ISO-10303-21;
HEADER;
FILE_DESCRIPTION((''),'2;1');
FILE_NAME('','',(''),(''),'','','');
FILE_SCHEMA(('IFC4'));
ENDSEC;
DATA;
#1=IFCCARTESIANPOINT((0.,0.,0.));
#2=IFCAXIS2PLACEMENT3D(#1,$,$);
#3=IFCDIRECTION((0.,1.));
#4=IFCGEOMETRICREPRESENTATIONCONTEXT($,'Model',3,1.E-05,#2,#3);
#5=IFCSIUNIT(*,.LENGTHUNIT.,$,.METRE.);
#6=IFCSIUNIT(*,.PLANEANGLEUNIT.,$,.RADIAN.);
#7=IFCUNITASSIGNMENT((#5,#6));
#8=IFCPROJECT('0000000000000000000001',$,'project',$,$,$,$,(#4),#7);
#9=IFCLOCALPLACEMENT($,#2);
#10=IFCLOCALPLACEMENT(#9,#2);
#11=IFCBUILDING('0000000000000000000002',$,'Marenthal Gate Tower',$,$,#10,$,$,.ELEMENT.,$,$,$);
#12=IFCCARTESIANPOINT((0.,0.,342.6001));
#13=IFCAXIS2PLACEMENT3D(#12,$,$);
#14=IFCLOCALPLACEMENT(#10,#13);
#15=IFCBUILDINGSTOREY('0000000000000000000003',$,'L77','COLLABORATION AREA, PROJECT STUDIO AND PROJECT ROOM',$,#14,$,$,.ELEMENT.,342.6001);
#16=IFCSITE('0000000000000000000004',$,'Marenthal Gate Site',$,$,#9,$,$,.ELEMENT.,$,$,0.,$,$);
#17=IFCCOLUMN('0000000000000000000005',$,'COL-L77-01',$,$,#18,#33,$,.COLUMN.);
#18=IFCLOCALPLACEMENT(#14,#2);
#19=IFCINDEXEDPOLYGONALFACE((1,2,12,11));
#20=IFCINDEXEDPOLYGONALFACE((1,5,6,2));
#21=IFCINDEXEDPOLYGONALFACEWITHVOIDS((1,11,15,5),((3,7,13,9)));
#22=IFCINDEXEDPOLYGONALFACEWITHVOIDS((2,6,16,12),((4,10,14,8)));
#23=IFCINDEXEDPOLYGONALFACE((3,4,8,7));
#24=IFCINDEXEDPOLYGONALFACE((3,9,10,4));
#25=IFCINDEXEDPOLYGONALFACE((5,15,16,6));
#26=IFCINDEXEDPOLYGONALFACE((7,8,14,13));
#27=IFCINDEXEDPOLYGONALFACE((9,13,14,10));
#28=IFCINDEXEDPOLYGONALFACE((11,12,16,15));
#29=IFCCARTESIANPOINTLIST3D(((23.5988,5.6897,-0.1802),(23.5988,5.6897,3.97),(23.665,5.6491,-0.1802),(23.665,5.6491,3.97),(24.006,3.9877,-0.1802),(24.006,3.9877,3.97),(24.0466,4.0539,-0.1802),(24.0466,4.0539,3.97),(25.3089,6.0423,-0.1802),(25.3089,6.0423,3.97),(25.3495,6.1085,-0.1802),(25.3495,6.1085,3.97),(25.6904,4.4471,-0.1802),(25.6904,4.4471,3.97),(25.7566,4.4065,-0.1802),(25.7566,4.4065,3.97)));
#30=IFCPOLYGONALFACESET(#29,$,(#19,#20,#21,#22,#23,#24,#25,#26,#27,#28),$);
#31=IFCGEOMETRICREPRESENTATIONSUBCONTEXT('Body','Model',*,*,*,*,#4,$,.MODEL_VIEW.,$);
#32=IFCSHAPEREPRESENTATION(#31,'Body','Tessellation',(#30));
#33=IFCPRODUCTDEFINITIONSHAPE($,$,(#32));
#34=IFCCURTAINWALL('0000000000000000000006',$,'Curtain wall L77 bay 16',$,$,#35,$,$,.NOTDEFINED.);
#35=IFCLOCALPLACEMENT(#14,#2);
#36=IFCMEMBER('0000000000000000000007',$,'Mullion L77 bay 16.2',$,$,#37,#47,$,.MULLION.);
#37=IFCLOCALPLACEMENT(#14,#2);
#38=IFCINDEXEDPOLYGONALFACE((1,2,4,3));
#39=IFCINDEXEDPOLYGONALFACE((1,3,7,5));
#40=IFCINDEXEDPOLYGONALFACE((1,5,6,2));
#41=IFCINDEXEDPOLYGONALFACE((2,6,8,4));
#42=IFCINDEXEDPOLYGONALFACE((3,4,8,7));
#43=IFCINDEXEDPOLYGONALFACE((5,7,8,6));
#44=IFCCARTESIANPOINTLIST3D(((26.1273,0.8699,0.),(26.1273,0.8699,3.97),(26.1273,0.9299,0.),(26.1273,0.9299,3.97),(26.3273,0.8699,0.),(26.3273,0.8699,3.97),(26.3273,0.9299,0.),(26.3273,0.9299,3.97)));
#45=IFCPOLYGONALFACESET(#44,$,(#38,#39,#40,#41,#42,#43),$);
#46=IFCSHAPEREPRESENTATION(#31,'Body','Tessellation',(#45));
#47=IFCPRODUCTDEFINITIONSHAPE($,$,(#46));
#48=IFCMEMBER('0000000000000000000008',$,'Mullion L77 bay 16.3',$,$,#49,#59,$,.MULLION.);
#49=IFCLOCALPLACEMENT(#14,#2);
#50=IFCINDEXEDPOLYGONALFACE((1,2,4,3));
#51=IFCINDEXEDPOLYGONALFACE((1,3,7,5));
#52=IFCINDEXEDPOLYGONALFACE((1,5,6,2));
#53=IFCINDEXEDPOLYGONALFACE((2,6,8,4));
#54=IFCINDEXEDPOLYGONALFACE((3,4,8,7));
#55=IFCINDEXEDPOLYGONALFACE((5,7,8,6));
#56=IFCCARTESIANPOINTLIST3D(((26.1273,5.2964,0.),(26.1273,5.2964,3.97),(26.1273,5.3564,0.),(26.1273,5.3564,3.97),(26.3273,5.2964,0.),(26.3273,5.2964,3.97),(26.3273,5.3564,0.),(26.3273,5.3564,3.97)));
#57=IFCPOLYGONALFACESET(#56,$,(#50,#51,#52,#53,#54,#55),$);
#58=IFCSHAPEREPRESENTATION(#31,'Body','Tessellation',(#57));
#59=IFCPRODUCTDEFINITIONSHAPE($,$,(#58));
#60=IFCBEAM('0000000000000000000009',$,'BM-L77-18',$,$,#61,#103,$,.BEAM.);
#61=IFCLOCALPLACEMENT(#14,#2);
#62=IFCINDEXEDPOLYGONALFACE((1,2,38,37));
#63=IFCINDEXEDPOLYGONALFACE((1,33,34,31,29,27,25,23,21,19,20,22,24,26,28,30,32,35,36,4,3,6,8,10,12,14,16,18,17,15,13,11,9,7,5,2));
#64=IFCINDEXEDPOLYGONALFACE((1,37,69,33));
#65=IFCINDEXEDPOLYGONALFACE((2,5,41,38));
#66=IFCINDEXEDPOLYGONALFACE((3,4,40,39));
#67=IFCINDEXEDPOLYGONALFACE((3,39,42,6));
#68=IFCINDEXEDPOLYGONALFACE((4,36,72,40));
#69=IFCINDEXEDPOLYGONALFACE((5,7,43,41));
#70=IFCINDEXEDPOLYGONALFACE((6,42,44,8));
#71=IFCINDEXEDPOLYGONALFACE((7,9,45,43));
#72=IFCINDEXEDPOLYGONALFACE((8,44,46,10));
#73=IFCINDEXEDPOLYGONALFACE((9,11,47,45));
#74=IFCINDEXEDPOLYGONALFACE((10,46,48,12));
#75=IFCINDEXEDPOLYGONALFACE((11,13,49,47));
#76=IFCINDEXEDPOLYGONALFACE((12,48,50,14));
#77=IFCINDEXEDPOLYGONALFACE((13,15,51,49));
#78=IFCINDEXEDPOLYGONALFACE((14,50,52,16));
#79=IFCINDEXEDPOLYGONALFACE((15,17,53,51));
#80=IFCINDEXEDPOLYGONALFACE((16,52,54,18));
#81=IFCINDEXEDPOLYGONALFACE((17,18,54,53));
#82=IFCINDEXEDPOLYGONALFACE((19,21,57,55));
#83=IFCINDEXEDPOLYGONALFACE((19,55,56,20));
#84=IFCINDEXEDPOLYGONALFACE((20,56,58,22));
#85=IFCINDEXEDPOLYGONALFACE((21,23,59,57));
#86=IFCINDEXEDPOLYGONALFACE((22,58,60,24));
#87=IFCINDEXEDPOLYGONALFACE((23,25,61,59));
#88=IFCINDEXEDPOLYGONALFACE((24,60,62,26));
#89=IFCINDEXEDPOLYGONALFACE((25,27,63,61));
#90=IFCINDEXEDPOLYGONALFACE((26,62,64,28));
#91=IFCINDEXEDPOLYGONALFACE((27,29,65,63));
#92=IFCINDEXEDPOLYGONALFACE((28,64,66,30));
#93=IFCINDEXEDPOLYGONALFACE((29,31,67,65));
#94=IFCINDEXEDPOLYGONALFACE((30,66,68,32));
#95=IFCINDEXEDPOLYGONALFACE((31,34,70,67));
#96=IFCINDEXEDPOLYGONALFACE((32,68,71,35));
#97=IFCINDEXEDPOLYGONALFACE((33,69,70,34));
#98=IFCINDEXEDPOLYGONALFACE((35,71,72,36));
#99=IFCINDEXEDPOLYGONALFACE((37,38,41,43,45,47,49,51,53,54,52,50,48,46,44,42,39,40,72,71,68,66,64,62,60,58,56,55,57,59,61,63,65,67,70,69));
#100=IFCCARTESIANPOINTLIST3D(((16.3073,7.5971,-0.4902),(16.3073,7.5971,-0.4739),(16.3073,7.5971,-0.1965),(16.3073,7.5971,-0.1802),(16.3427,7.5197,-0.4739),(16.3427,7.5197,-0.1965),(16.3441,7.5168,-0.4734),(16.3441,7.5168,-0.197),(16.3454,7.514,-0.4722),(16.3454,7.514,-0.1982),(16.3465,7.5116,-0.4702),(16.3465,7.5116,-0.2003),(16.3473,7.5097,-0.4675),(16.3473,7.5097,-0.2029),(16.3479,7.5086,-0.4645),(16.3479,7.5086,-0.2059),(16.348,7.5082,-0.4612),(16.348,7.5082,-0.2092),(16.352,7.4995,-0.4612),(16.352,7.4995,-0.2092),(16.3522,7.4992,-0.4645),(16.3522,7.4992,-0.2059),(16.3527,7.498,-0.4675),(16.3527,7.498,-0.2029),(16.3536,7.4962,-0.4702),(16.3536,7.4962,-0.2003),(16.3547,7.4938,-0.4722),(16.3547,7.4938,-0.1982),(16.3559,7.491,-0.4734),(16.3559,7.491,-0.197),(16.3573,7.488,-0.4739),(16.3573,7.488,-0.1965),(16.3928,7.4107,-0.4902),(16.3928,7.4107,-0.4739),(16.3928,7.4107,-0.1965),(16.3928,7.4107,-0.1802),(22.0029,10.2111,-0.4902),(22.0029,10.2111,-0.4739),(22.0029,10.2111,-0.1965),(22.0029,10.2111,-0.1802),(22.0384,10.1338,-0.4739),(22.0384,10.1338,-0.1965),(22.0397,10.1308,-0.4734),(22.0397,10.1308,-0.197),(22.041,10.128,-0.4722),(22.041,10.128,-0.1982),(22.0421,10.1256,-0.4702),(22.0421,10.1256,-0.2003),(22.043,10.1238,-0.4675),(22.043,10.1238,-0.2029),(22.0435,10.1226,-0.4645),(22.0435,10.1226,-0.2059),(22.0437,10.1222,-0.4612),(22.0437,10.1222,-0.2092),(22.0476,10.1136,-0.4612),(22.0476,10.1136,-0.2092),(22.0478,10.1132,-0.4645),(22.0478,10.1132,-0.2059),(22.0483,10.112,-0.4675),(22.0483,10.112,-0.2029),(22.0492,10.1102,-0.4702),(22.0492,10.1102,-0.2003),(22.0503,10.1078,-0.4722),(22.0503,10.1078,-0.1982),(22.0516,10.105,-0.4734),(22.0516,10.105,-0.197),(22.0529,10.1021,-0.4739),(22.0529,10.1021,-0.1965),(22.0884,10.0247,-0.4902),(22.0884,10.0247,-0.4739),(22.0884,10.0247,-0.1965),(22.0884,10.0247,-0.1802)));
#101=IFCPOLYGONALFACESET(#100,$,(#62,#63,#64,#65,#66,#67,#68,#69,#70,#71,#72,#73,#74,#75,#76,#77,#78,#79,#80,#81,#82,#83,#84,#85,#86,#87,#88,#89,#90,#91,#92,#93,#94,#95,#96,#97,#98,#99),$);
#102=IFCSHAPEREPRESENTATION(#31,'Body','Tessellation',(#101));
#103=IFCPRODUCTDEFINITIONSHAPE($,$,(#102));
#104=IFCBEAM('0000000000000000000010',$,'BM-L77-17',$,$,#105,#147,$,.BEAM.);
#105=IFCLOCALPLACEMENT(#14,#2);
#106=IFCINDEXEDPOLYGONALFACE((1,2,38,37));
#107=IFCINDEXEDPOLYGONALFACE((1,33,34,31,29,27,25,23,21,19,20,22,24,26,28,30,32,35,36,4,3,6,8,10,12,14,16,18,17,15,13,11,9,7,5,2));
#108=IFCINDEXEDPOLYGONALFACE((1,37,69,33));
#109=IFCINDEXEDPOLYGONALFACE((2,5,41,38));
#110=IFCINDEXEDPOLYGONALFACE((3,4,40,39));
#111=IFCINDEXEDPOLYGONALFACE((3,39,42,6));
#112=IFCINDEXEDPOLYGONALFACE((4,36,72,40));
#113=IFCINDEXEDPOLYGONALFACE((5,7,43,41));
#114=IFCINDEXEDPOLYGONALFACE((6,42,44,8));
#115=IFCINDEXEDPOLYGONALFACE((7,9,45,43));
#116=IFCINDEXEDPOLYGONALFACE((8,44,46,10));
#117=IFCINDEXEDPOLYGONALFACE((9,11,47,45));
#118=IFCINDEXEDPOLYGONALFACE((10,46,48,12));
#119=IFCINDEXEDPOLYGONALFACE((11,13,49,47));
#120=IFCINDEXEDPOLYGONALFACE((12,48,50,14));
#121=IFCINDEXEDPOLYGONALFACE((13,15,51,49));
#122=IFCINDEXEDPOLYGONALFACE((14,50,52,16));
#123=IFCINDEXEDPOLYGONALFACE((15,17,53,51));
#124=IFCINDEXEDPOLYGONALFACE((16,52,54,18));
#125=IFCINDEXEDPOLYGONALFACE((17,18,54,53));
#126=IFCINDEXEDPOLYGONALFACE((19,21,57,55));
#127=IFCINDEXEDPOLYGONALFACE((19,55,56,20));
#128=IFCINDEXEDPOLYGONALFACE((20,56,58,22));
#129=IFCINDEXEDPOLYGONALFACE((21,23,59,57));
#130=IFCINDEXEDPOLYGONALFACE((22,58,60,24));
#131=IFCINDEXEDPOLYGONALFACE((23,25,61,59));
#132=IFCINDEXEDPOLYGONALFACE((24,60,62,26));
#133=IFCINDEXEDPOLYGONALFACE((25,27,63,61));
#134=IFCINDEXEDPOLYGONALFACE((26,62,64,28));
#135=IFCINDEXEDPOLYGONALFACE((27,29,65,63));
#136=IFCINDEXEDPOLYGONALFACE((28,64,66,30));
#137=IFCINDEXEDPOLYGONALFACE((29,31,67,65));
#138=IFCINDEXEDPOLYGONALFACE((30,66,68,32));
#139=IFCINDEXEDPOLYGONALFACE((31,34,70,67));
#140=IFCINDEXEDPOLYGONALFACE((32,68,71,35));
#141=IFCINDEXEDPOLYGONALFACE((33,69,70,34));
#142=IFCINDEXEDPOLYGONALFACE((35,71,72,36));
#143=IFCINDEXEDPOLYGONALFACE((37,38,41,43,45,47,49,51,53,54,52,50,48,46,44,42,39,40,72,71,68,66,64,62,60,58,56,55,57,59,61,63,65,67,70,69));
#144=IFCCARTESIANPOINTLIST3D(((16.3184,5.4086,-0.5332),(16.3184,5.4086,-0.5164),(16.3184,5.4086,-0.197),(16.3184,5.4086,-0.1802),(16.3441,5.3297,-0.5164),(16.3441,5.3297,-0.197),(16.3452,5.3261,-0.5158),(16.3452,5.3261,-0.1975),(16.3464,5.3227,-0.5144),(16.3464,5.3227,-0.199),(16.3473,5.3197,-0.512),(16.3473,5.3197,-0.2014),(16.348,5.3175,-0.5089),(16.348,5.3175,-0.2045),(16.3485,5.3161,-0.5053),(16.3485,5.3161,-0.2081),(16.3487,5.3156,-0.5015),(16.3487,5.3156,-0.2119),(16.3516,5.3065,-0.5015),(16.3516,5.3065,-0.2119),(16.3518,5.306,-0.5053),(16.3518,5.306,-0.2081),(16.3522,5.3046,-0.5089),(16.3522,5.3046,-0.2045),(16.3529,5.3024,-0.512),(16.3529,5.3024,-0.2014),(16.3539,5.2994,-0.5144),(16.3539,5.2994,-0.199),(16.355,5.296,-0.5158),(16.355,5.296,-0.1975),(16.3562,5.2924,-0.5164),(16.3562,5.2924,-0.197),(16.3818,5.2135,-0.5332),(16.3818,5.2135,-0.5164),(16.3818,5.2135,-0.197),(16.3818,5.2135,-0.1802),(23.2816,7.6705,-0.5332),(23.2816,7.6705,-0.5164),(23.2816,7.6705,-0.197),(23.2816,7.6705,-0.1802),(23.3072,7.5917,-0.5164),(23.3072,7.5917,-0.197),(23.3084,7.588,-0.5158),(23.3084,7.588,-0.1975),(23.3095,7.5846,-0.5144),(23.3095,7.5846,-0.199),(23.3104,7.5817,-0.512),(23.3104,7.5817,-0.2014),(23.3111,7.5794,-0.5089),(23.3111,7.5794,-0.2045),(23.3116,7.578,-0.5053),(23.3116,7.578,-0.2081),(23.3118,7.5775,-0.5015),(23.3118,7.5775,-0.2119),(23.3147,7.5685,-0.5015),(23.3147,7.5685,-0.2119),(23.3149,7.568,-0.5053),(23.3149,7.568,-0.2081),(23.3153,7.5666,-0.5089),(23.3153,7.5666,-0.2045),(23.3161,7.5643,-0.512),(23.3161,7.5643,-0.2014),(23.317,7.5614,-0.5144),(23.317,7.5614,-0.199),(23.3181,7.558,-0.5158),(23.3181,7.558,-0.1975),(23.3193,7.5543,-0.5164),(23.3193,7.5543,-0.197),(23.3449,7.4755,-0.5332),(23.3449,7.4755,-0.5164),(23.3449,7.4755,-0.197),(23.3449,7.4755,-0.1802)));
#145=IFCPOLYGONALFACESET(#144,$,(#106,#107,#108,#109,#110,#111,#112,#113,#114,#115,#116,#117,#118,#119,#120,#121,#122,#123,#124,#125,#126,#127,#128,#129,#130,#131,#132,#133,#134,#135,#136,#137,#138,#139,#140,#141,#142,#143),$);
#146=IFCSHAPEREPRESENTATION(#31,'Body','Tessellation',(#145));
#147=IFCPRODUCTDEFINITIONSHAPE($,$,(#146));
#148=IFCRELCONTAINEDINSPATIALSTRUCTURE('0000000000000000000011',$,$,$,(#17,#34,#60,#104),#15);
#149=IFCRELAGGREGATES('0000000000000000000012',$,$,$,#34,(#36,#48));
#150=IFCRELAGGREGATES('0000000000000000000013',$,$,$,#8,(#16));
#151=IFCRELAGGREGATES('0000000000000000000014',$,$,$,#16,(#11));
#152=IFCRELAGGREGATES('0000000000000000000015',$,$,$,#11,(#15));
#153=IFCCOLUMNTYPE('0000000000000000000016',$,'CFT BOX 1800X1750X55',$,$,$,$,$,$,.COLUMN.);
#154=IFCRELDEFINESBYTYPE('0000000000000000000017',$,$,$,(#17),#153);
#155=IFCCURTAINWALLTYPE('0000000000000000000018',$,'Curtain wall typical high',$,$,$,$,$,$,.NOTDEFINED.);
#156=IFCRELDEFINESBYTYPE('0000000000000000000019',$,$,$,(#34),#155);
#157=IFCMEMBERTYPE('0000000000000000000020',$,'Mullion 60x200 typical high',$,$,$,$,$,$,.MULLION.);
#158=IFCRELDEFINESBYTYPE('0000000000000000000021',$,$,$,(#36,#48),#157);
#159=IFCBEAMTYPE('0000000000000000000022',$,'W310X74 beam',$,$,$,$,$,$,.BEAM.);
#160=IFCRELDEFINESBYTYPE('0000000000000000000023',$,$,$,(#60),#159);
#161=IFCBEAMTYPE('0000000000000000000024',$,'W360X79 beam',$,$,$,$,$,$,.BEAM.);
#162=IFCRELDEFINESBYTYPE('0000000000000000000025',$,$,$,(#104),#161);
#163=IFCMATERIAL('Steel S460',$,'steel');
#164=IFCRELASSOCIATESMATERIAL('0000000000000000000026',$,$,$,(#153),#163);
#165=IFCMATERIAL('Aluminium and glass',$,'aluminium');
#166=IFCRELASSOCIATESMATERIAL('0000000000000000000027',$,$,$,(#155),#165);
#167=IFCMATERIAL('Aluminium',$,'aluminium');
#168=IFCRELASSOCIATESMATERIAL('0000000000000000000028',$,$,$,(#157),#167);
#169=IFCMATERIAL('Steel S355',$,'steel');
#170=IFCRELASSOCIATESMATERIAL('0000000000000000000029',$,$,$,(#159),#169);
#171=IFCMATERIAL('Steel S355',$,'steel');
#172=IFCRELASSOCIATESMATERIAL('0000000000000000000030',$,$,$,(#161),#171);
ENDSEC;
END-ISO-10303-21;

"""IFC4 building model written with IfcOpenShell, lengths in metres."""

from ifc_helpers import new_model, si_unit, direction, frame, origin, origin_2d, place, context, subcontext, project, spatial, rectangle, hollow_rectangle, i_section, extrude, material, material_profile, profile_set, type_object, element, aggregate, save


model = new_model("IFC4")

# Units and contexts
model_context = context("Model", 3, precision=1e-05, world=origin(), true_north=direction((0.0, 1.0)))
body_context = subcontext(model_context, "Body", "Model", "MODEL_VIEW")
ifc_project = project(units=[si_unit("LENGTHUNIT", "METRE"), si_unit("PLANEANGLEUNIT", "RADIAN")], contexts=[model_context])

# Site, building, storey
site_placement = place(None, origin())
site = spatial("IfcSite", under=ifc_project, at=site_placement, Name="Marenthal Gate Site", CompositionType="ELEMENT", RefElevation=0.0)
building_placement = place(site_placement, origin())
building = spatial("IfcBuilding", under=site, at=building_placement, Name="Marenthal Gate Tower", CompositionType="ELEMENT")
storey_placement = place(building_placement, frame((0.0, 0.0, 342.6001)))
storey = spatial("IfcBuildingStorey", under=building, at=storey_placement, Name="L77", Description="COLLABORATION AREA, PROJECT STUDIO AND PROJECT ROOM", CompositionType="ELEMENT", Elevation=342.6001)

# Column
ifc_material_1 = material(Name="Steel S460", Category="steel")
ifc_material_profile_1 = material_profile(ifc_material_1, hollow_rectangle(XDim=1.75, YDim=1.8, WallThickness=0.0549, at=origin_2d()), Name="CFT BOX 1800X1750X55")
ifc_material_2 = material(Name="Concrete 70 MPa", Category="concrete")
ifc_material_profile_2 = material_profile(ifc_material_2, rectangle(XDim=1.6399, YDim=1.6899, at=origin_2d()), Name="CFT BOX 1800X1750X55 INFILL")
ifc_profile_set_1 = profile_set([ifc_material_profile_1, ifc_material_profile_2], Name="Steel S460 shell, Concrete 70 MPa infill")
column_type = type_object("IfcColumnType", Name="CFT BOX 1800X1750X55", PredefinedType="COLUMN", material=ifc_profile_set_1)
column_placement = place(storey_placement, frame((24.6777, 5.0481, -0.1802), z_axis=(0.0, 0.0, 1.0), x_axis=(0.232643, -0.972562, 0.0)))
element("IfcColumn", 1, at=column_placement, inside=storey, type_object=column_type, Name="COL-L77-01", PredefinedType="COLUMN", context=body_context, shape_type="SweptSolid", body=[
    extrude(hollow_rectangle(XDim=1.75, YDim=1.8, WallThickness=0.0549, at=origin_2d()), origin(), (0.0, 0.0, 1.0), 4.1501),
])

# Curtain wall, members
ifc_material_3 = material(Name="Aluminium and glass", Category="aluminium")
curtain_wall_type = type_object("IfcCurtainWallType", Name="Curtain wall typical high", PredefinedType="NOTDEFINED", material=ifc_material_3)
curtain_wall_placement = place(storey_placement, origin())
curtain_wall = element("IfcCurtainWall", 2, at=curtain_wall_placement, inside=storey, type_object=curtain_wall_type, Name="Curtain wall L77 bay 16", PredefinedType="NOTDEFINED")
ifc_material_4 = material(Name="Aluminium", Category="aluminium")
ifc_material_profile_3 = material_profile(ifc_material_4, rectangle(XDim=0.2, YDim=0.0601, at=origin_2d()), Name="60x200 aluminium mullion")
ifc_profile_set_2 = profile_set([ifc_material_profile_3], Name="Aluminium")
member_type = type_object("IfcMemberType", Name="Mullion 60x200 typical high", PredefinedType="MULLION", material=ifc_profile_set_2)
member_1_placement = place(storey_placement, frame((26.2273, 0.8999, 0.0), z_axis=(0.0, 0.0, 1.0), x_axis=(-1.0, 0.0, 0.0)))
member_1 = element("IfcMember", 3, at=member_1_placement, type_object=member_type, Name="Mullion L77 bay 16.2", PredefinedType="MULLION", context=body_context, shape_type="SweptSolid", body=[
    extrude(rectangle(XDim=0.2, YDim=0.0601, at=origin_2d()), origin(), (0.0, 0.0, 1.0), 3.97),
])
member_2_placement = place(storey_placement, frame((26.2273, 5.3264, 0.0), z_axis=(0.0, 0.0, 1.0), x_axis=(-1.0, 0.0, 0.0)))
member_2 = element("IfcMember", 4, at=member_2_placement, type_object=member_type, Name="Mullion L77 bay 16.3", PredefinedType="MULLION", context=body_context, shape_type="SweptSolid", body=[
    extrude(rectangle(XDim=0.2, YDim=0.0601, at=origin_2d()), origin(), (0.0, 0.0, 1.0), 3.97),
])

# Beams
ifc_material_5 = material(Name="Steel S355", Category="steel")
ifc_material_profile_4 = material_profile(ifc_material_5, i_section(OverallWidth=0.2051, OverallDepth=0.3101, WebThickness=0.0095, FlangeThickness=0.0164, FilletRadius=0.0127, at=origin_2d()), Name="W310X74")
ifc_profile_set_3 = profile_set([ifc_material_profile_4], Name="Steel S355")
beam_type_1 = type_object("IfcBeamType", Name="W310X74 beam", PredefinedType="BEAM", material=ifc_profile_set_3)
beam_1_placement = place(storey_placement, frame((22.0457, 10.1179, -0.3352), z_axis=(-0.90885, -0.417123, 0.0), x_axis=(0.417123, -0.90885, 0.0)))
element("IfcBeam", 5, at=beam_1_placement, inside=storey, type_object=beam_type_1, Name="BM-L77-18", PredefinedType="BEAM", context=body_context, shape_type="SweptSolid", body=[
    extrude(i_section(OverallWidth=0.2051, OverallDepth=0.3101, WebThickness=0.0095, FlangeThickness=0.0164, FilletRadius=0.0127, at=origin_2d()), origin(), (0.0, 0.0, 1.0), 6.2668),
])
ifc_material_6 = material(Name="Steel S355", Category="steel")
ifc_material_profile_5 = material_profile(ifc_material_6, i_section(OverallWidth=0.2051, OverallDepth=0.353, WebThickness=0.0095, FlangeThickness=0.0168, FilletRadius=0.0149, at=origin_2d()), Name="W360X79")
ifc_profile_set_4 = profile_set([ifc_material_profile_5], Name="Steel S355")
beam_type_2 = type_object("IfcBeamType", Name="W360X79 beam", PredefinedType="BEAM", material=ifc_profile_set_4)
beam_2_placement = place(storey_placement, frame((23.3132, 7.573, -0.3567), z_axis=(-0.951076, -0.308956, 0.0), x_axis=(0.308956, -0.951076, 0.0)))
element("IfcBeam", 6, at=beam_2_placement, inside=storey, type_object=beam_type_2, Name="BM-L77-17", PredefinedType="BEAM", context=body_context, shape_type="SweptSolid", body=[
    extrude(i_section(OverallWidth=0.2051, OverallDepth=0.353, WebThickness=0.0095, FlangeThickness=0.0168, FilletRadius=0.0149, at=origin_2d()), origin(), (0.0, 0.0, 1.0), 7.3213),
])

aggregate(curtain_wall, [member_1, member_2])

save(model, "model.ifc")
